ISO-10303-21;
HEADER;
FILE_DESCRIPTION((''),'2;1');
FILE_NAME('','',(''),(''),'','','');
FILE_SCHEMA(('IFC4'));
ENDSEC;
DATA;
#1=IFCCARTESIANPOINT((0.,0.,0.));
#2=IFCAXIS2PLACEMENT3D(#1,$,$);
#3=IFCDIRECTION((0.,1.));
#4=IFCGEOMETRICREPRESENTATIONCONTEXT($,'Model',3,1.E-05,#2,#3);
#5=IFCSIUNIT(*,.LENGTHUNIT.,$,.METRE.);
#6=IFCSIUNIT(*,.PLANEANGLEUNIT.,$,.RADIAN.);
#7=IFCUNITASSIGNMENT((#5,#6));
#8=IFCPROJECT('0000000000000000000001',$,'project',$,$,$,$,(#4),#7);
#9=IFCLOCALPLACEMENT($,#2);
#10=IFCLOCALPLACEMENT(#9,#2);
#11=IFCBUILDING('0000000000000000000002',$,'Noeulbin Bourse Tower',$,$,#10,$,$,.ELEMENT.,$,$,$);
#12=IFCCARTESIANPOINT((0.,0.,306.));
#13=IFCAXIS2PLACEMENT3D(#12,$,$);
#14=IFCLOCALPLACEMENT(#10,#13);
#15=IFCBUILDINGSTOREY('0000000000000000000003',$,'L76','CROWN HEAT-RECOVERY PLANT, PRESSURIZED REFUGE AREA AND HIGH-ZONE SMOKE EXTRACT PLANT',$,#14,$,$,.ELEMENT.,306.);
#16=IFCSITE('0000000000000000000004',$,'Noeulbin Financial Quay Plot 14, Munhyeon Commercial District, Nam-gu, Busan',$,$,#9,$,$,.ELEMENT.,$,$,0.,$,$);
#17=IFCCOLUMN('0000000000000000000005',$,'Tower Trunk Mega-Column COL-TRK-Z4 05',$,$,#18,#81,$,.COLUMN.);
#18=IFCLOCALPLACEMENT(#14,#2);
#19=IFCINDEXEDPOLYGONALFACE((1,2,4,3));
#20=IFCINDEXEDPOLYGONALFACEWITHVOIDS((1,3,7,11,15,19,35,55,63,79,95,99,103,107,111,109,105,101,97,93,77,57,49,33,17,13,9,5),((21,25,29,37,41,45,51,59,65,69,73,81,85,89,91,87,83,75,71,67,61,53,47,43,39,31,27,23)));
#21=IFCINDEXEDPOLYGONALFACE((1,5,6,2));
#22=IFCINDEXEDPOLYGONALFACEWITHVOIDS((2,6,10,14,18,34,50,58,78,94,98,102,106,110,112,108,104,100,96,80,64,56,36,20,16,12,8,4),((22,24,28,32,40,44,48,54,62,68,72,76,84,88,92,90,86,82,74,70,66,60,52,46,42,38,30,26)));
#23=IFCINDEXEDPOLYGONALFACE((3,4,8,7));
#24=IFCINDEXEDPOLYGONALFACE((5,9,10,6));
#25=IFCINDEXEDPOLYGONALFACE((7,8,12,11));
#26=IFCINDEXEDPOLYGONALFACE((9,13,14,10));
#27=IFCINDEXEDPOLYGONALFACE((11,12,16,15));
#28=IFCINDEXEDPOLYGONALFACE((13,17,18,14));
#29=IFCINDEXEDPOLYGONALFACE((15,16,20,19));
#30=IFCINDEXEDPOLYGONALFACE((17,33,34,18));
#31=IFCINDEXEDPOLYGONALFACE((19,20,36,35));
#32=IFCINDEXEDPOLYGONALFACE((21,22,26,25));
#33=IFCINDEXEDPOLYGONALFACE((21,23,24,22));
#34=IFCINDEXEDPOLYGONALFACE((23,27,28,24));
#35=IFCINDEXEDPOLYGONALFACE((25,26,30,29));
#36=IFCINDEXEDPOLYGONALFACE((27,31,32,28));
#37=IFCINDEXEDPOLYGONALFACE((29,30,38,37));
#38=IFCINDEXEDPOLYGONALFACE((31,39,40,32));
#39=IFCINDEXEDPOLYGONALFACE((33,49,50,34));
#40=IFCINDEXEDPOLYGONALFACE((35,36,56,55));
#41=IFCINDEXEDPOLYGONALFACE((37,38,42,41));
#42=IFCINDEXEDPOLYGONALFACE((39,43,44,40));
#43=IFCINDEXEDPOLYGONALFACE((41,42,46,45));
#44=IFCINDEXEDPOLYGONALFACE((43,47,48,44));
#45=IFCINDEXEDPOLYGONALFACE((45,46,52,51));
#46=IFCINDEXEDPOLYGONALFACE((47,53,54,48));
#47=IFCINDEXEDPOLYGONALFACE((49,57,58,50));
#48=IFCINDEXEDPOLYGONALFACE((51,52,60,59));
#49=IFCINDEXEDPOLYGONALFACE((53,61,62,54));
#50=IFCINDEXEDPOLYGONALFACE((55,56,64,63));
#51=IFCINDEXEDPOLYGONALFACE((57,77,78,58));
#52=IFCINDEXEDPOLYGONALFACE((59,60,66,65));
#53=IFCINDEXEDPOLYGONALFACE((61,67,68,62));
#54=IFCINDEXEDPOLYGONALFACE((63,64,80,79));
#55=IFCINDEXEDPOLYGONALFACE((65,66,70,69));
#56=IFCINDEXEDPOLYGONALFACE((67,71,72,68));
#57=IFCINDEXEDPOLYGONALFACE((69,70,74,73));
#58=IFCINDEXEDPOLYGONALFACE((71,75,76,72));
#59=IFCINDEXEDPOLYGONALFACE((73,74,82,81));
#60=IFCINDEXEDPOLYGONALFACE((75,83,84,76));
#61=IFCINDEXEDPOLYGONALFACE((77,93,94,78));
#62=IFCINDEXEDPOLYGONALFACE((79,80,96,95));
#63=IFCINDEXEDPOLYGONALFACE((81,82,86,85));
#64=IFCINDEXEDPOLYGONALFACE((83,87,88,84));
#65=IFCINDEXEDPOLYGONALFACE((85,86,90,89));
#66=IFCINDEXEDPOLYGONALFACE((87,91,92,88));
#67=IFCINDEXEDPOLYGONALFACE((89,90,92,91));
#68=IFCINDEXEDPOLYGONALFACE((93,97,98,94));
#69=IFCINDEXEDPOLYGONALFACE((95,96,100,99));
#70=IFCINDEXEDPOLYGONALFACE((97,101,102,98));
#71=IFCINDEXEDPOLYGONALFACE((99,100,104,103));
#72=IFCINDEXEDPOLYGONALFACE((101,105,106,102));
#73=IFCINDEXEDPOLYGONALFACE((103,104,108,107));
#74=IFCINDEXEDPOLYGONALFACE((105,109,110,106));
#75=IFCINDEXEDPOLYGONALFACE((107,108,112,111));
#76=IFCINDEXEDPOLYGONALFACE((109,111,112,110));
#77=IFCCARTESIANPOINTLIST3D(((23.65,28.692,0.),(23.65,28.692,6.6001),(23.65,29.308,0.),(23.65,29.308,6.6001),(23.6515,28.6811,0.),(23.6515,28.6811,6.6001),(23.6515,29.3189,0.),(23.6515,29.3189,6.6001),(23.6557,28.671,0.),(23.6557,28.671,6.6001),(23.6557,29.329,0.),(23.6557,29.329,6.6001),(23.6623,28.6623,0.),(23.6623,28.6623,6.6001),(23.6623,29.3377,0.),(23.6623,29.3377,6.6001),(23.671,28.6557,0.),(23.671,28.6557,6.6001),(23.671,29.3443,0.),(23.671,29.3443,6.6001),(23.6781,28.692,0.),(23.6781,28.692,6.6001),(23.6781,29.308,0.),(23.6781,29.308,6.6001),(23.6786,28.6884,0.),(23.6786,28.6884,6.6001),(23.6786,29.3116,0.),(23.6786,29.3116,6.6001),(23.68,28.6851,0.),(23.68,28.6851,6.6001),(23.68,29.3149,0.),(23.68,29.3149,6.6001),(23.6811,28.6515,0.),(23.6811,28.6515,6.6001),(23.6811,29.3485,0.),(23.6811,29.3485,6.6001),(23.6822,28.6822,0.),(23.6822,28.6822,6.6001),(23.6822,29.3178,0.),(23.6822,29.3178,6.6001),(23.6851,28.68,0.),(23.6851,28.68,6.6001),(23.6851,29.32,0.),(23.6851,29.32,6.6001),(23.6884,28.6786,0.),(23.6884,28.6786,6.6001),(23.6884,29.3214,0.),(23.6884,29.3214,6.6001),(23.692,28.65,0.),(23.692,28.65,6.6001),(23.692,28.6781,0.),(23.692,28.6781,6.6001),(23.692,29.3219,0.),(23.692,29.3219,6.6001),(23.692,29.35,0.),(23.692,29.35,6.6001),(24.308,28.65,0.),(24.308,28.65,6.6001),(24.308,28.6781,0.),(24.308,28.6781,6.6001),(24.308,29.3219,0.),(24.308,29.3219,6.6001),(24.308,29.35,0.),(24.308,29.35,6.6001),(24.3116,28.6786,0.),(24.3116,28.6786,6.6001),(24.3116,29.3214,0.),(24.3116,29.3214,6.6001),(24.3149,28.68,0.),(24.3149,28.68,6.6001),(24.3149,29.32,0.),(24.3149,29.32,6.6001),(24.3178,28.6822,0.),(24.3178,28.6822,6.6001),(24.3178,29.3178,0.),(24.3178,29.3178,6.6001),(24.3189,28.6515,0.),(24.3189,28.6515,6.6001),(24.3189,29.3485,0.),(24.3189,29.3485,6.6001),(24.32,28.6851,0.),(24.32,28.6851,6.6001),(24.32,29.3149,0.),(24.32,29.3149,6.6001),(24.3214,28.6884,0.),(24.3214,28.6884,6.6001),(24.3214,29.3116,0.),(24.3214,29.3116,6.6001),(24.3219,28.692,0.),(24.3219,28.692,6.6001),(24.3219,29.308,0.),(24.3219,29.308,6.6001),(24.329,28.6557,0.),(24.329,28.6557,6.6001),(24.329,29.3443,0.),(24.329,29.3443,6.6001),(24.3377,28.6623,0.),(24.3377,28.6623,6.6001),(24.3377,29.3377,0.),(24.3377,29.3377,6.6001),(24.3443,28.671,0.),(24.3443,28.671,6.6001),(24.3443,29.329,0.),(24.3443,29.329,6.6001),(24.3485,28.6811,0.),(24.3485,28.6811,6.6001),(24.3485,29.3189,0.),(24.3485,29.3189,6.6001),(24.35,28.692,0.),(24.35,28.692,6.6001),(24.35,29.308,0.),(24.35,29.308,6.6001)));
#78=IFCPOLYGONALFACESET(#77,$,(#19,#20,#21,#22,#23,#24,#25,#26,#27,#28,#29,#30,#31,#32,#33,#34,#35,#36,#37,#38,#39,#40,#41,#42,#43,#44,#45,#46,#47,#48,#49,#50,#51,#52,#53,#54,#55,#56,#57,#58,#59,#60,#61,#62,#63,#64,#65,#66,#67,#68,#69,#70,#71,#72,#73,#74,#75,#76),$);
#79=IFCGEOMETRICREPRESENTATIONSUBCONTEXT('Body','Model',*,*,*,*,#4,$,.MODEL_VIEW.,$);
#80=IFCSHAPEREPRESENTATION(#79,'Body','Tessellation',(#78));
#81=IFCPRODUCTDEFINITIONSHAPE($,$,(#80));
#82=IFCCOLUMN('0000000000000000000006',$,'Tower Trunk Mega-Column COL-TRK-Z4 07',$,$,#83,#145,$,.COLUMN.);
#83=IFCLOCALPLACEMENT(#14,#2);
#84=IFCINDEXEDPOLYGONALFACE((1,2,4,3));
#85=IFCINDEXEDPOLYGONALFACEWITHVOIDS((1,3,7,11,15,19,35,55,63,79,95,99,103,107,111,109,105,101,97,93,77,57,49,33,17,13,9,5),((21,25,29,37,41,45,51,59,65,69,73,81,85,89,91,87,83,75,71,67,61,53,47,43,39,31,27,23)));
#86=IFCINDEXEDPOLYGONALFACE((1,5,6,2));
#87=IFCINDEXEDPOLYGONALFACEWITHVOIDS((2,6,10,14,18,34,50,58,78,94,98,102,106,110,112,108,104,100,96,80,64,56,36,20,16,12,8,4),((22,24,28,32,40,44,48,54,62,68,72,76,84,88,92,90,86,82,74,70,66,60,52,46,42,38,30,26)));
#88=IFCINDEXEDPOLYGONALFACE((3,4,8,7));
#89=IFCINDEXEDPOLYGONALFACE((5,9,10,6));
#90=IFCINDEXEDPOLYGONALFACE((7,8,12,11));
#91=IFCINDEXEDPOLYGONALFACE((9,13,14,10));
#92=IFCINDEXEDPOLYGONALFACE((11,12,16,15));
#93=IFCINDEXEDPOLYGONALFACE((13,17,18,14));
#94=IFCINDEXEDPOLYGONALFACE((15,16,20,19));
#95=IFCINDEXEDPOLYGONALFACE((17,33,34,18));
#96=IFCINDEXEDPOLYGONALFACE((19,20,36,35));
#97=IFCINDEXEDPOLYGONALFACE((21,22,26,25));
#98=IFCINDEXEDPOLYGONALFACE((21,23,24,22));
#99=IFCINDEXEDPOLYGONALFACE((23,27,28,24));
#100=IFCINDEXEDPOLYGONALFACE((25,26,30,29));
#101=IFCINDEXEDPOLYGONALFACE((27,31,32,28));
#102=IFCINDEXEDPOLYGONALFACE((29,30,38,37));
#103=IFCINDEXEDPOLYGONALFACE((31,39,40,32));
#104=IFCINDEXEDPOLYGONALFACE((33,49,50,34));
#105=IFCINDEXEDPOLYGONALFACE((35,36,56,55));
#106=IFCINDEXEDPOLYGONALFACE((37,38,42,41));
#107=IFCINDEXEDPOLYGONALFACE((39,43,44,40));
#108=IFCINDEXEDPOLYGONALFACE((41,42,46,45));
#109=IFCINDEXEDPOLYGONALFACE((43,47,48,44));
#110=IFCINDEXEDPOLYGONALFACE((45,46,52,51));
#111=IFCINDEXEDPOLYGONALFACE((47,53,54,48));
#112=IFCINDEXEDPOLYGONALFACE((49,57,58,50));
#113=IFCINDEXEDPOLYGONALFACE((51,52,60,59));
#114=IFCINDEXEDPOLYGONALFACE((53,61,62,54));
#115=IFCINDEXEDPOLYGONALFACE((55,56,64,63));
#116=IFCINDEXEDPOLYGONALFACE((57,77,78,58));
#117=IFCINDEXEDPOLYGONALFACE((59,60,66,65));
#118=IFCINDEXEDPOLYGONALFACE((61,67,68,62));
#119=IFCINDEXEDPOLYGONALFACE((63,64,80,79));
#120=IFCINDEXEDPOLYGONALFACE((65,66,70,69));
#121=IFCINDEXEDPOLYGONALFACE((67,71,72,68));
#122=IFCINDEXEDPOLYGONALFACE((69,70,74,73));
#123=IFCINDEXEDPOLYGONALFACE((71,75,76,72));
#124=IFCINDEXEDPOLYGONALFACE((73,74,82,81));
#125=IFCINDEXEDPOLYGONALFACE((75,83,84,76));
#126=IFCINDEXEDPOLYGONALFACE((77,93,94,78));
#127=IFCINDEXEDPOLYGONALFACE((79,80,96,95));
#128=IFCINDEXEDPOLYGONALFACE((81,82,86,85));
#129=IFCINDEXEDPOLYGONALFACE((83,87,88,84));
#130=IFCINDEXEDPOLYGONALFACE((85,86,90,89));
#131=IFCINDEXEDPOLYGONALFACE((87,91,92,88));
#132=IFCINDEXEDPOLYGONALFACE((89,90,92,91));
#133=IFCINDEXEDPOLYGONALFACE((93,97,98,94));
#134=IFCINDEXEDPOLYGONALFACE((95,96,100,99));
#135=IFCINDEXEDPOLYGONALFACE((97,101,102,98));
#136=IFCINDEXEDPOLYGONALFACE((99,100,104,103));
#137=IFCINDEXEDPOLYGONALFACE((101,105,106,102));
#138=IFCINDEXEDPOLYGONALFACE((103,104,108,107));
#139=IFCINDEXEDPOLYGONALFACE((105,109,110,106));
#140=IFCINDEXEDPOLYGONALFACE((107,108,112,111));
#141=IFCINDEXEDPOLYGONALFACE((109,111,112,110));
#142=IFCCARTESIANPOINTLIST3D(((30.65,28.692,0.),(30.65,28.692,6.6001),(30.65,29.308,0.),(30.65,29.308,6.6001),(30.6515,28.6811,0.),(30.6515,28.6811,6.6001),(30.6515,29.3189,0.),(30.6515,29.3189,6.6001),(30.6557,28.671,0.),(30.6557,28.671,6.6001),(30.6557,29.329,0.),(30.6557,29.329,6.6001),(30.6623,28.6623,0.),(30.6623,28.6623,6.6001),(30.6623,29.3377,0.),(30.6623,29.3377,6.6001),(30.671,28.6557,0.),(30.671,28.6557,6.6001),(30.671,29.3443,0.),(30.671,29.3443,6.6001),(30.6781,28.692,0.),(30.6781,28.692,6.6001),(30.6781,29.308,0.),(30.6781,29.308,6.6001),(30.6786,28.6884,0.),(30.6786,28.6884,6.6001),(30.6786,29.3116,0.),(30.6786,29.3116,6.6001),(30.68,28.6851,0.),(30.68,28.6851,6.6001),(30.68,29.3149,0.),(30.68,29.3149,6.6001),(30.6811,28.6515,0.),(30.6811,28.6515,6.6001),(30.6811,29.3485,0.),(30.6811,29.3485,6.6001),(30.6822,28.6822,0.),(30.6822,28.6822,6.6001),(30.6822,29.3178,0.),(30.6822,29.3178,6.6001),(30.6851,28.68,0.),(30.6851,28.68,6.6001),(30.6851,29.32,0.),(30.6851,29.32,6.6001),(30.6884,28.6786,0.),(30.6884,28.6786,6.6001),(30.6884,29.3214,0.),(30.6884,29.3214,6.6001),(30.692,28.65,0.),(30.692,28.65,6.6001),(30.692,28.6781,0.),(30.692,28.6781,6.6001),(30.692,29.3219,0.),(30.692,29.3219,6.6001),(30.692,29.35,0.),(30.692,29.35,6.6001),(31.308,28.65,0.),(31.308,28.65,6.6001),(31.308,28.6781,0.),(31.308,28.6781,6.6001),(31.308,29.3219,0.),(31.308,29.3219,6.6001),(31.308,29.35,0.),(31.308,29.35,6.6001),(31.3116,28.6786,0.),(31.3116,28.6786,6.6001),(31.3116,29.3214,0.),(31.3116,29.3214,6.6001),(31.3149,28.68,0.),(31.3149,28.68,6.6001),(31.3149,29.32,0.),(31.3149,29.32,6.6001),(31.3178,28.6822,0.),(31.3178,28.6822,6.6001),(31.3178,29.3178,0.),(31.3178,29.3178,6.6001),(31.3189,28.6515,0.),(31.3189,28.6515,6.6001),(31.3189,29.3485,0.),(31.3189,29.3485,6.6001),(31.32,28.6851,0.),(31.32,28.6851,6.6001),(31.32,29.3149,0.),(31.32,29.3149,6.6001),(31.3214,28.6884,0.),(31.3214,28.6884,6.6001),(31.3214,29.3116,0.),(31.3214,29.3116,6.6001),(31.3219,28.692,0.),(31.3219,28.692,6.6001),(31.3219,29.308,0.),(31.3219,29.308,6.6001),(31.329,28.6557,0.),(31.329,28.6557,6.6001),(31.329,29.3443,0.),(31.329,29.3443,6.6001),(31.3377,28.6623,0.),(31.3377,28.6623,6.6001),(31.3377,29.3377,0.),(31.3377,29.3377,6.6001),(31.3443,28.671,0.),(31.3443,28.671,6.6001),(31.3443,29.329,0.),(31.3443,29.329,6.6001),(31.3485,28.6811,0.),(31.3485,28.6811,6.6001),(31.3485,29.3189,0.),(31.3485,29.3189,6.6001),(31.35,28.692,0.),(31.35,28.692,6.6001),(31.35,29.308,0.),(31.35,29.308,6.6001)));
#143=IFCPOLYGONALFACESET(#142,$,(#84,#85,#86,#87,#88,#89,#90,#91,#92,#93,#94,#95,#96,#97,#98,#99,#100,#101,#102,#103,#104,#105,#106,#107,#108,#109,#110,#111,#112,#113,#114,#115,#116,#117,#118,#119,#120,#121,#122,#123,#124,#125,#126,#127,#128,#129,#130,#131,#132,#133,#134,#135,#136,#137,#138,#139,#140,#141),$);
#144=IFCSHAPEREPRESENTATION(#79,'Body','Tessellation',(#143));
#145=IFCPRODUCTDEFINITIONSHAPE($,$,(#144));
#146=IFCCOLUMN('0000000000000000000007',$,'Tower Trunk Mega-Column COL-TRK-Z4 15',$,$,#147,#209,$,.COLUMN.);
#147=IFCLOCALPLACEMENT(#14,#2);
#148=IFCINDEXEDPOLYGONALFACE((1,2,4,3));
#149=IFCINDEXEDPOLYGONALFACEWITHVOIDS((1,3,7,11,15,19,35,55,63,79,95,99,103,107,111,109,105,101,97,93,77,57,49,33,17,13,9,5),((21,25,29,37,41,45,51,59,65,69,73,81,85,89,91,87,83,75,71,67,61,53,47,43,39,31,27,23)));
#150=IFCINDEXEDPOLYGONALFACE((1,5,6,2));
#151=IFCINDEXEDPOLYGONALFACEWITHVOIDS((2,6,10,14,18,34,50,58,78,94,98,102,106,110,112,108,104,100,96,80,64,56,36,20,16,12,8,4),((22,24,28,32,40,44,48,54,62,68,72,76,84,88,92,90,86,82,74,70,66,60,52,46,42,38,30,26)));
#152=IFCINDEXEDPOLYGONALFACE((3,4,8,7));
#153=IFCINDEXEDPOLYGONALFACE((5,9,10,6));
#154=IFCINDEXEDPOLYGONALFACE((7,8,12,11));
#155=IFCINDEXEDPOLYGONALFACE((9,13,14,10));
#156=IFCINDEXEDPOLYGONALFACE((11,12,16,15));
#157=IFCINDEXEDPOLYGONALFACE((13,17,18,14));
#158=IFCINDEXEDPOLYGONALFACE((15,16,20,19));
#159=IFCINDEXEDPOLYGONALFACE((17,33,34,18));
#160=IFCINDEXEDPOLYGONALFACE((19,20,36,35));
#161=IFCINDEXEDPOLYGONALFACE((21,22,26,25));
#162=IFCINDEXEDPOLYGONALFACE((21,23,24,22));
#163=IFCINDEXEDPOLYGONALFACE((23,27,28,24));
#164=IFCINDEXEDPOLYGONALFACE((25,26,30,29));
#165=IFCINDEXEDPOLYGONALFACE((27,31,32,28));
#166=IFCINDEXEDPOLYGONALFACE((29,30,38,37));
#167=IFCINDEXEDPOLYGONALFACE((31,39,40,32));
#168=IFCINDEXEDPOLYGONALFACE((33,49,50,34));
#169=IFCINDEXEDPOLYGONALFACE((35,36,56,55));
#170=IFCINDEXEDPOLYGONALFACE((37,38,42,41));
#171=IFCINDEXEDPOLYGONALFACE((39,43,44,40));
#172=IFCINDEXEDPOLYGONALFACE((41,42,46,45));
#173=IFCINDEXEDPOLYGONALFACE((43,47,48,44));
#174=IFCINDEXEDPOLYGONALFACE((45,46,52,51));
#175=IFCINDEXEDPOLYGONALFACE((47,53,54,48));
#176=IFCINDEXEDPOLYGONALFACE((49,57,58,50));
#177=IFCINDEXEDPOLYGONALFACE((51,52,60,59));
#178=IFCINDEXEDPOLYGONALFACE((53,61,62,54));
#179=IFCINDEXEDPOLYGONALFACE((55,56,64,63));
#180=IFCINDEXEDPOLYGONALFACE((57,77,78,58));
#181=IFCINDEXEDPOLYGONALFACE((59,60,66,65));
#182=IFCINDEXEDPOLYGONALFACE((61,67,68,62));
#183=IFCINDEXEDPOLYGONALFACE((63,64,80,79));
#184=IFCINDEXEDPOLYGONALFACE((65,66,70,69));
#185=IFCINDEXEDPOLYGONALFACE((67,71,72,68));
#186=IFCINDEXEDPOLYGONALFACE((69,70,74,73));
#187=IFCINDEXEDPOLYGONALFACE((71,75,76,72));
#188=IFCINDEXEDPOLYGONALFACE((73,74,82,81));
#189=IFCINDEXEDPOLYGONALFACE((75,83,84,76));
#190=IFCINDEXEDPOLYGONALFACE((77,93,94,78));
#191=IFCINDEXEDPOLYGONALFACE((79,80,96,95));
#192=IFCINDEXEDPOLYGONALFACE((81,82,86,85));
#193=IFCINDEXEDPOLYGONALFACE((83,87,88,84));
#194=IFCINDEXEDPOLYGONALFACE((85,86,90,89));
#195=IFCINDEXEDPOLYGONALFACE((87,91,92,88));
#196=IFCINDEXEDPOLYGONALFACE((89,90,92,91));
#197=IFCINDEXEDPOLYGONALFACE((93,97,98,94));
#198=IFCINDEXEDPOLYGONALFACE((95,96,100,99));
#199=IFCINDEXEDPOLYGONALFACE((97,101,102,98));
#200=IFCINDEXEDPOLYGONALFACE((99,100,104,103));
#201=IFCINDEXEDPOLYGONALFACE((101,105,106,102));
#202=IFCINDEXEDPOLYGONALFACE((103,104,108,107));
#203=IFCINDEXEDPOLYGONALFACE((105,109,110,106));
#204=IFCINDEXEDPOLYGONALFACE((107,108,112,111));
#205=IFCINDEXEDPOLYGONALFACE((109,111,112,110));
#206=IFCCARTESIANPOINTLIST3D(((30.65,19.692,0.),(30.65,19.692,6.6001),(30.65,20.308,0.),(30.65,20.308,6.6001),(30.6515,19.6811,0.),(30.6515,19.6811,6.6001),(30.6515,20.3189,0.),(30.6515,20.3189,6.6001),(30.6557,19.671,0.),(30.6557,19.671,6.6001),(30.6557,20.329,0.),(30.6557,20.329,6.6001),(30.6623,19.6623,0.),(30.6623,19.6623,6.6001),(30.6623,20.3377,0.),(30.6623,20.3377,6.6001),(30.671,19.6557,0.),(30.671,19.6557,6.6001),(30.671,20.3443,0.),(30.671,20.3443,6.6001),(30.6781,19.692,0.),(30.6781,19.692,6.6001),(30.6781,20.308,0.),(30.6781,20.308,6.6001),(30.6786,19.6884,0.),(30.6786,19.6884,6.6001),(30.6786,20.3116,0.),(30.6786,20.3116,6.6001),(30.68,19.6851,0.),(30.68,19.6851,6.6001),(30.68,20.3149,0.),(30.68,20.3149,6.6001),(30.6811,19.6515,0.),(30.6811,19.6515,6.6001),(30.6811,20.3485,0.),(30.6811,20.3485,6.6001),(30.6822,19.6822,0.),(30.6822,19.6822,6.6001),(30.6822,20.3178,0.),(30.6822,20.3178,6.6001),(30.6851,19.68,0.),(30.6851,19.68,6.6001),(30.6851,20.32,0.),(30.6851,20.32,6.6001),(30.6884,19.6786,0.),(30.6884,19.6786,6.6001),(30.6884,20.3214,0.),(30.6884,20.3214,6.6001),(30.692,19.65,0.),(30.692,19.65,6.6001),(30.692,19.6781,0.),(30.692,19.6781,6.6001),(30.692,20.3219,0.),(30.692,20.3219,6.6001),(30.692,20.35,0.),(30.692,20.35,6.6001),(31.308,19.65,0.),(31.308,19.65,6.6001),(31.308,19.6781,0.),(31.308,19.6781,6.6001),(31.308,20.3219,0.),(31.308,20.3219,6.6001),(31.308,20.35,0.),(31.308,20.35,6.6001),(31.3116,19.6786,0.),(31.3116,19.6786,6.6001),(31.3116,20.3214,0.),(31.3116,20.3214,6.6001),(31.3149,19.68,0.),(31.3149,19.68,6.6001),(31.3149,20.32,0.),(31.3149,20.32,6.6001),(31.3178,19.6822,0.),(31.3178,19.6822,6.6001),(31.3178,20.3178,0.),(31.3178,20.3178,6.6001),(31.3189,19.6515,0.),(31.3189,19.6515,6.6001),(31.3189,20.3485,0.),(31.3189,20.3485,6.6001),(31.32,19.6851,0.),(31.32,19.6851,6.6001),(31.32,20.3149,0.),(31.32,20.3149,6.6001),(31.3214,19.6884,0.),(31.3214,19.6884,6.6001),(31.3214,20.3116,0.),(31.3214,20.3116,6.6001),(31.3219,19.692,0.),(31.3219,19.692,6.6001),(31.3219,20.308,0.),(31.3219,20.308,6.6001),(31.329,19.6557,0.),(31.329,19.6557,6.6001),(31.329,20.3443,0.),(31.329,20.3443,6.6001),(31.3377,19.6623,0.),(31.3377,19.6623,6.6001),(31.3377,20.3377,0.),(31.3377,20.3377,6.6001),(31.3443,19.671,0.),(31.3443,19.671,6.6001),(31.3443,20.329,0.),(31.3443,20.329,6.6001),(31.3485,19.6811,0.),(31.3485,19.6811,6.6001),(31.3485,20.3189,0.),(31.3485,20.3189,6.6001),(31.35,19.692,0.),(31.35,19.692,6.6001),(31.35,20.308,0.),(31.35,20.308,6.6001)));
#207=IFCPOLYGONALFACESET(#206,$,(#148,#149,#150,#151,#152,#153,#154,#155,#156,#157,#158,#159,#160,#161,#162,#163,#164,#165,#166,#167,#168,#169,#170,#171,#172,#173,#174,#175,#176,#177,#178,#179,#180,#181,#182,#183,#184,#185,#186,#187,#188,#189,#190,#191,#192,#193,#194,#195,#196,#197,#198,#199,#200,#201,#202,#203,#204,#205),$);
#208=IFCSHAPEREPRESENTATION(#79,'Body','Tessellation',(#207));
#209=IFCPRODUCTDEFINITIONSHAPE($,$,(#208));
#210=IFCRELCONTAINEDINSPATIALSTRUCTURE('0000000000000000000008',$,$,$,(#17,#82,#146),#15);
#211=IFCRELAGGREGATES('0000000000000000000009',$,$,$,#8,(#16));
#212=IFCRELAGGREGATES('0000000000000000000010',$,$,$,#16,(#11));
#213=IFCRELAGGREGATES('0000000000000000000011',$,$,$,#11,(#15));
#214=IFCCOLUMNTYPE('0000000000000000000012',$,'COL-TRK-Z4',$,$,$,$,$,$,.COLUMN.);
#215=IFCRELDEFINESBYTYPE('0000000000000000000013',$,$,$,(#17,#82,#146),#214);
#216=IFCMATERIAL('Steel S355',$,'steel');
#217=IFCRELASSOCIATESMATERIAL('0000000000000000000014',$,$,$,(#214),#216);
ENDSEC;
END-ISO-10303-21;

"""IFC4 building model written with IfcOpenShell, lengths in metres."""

from ifc_helpers import new_model, si_unit, direction, frame, origin, origin_2d, place, context, subcontext, project, spatial, hollow_rectangle, extrude, material, material_profile, profile_set, type_object, element, save


model = new_model("IFC4")

# Units and contexts
model_context = context("Model", 3, precision=1e-05, world=origin(), true_north=direction((0.0, 1.0)))
body_context = subcontext(model_context, "Body", "Model", "MODEL_VIEW")
ifc_project = project(units=[si_unit("LENGTHUNIT", "METRE"), si_unit("PLANEANGLEUNIT", "RADIAN")], contexts=[model_context])

# Site, building, storey
site_placement = place(None, origin())
site = spatial("IfcSite", under=ifc_project, at=site_placement, Name="Noeulbin Financial Quay Plot 14, Munhyeon Commercial District, Nam-gu, Busan", CompositionType="ELEMENT", RefElevation=0.0)
building_placement = place(site_placement, origin())
building = spatial("IfcBuilding", under=site, at=building_placement, Name="Noeulbin Bourse Tower", CompositionType="ELEMENT")
storey_placement = place(building_placement, frame((0.0, 0.0, 306.0)))
storey = spatial("IfcBuildingStorey", under=building, at=storey_placement, Name="L76", Description="CROWN HEAT-RECOVERY PLANT, PRESSURIZED REFUGE AREA AND HIGH-ZONE SMOKE EXTRACT PLANT", CompositionType="ELEMENT", Elevation=306.0)

# Columns
ifc_material_1 = material(Name="Steel S355", Category="steel")
ifc_material_profile_1 = material_profile(ifc_material_1, hollow_rectangle(XDim=0.7, YDim=0.7, WallThickness=0.0281, InnerFilletRadius=0.0139, OuterFilletRadius=0.042, at=origin_2d()), Name="BOX-700x700x28", Category="LoadBearing")
ifc_profile_set_1 = profile_set([ifc_material_profile_1], Name="Steel S355")
column_type = type_object("IfcColumnType", Name="COL-TRK-Z4", PredefinedType="COLUMN", material=ifc_profile_set_1)
for number, where, z_axis, x_axis, name in (
    (1, (24.0, 29.0, 0.0), (0.0, 0.0, 1.0), (1.0, 0.0, 0.0), "Tower Trunk Mega-Column COL-TRK-Z4 05"),
    (2, (31.0, 29.0, 0.0), (0.0, 0.0, 1.0), (1.0, 0.0, 0.0), "Tower Trunk Mega-Column COL-TRK-Z4 07"),
    (3, (31.0, 20.0, 0.0), (0.0, 0.0, 1.0), (1.0, 0.0, 0.0), "Tower Trunk Mega-Column COL-TRK-Z4 15"),
):
    element("IfcColumn", number, at=place(storey_placement, frame(where, z_axis=z_axis, x_axis=x_axis)), inside=storey, type_object=column_type, Name=name, PredefinedType="COLUMN", context=body_context, shape_type="SweptSolid", body=[
        extrude(hollow_rectangle(XDim=0.7, YDim=0.7, WallThickness=0.0281, InnerFilletRadius=0.0139, OuterFilletRadius=0.042, at=origin_2d()), origin(), (0.0, 0.0, 1.0), 6.6001),
    ])

save(model, "model.ifc")
